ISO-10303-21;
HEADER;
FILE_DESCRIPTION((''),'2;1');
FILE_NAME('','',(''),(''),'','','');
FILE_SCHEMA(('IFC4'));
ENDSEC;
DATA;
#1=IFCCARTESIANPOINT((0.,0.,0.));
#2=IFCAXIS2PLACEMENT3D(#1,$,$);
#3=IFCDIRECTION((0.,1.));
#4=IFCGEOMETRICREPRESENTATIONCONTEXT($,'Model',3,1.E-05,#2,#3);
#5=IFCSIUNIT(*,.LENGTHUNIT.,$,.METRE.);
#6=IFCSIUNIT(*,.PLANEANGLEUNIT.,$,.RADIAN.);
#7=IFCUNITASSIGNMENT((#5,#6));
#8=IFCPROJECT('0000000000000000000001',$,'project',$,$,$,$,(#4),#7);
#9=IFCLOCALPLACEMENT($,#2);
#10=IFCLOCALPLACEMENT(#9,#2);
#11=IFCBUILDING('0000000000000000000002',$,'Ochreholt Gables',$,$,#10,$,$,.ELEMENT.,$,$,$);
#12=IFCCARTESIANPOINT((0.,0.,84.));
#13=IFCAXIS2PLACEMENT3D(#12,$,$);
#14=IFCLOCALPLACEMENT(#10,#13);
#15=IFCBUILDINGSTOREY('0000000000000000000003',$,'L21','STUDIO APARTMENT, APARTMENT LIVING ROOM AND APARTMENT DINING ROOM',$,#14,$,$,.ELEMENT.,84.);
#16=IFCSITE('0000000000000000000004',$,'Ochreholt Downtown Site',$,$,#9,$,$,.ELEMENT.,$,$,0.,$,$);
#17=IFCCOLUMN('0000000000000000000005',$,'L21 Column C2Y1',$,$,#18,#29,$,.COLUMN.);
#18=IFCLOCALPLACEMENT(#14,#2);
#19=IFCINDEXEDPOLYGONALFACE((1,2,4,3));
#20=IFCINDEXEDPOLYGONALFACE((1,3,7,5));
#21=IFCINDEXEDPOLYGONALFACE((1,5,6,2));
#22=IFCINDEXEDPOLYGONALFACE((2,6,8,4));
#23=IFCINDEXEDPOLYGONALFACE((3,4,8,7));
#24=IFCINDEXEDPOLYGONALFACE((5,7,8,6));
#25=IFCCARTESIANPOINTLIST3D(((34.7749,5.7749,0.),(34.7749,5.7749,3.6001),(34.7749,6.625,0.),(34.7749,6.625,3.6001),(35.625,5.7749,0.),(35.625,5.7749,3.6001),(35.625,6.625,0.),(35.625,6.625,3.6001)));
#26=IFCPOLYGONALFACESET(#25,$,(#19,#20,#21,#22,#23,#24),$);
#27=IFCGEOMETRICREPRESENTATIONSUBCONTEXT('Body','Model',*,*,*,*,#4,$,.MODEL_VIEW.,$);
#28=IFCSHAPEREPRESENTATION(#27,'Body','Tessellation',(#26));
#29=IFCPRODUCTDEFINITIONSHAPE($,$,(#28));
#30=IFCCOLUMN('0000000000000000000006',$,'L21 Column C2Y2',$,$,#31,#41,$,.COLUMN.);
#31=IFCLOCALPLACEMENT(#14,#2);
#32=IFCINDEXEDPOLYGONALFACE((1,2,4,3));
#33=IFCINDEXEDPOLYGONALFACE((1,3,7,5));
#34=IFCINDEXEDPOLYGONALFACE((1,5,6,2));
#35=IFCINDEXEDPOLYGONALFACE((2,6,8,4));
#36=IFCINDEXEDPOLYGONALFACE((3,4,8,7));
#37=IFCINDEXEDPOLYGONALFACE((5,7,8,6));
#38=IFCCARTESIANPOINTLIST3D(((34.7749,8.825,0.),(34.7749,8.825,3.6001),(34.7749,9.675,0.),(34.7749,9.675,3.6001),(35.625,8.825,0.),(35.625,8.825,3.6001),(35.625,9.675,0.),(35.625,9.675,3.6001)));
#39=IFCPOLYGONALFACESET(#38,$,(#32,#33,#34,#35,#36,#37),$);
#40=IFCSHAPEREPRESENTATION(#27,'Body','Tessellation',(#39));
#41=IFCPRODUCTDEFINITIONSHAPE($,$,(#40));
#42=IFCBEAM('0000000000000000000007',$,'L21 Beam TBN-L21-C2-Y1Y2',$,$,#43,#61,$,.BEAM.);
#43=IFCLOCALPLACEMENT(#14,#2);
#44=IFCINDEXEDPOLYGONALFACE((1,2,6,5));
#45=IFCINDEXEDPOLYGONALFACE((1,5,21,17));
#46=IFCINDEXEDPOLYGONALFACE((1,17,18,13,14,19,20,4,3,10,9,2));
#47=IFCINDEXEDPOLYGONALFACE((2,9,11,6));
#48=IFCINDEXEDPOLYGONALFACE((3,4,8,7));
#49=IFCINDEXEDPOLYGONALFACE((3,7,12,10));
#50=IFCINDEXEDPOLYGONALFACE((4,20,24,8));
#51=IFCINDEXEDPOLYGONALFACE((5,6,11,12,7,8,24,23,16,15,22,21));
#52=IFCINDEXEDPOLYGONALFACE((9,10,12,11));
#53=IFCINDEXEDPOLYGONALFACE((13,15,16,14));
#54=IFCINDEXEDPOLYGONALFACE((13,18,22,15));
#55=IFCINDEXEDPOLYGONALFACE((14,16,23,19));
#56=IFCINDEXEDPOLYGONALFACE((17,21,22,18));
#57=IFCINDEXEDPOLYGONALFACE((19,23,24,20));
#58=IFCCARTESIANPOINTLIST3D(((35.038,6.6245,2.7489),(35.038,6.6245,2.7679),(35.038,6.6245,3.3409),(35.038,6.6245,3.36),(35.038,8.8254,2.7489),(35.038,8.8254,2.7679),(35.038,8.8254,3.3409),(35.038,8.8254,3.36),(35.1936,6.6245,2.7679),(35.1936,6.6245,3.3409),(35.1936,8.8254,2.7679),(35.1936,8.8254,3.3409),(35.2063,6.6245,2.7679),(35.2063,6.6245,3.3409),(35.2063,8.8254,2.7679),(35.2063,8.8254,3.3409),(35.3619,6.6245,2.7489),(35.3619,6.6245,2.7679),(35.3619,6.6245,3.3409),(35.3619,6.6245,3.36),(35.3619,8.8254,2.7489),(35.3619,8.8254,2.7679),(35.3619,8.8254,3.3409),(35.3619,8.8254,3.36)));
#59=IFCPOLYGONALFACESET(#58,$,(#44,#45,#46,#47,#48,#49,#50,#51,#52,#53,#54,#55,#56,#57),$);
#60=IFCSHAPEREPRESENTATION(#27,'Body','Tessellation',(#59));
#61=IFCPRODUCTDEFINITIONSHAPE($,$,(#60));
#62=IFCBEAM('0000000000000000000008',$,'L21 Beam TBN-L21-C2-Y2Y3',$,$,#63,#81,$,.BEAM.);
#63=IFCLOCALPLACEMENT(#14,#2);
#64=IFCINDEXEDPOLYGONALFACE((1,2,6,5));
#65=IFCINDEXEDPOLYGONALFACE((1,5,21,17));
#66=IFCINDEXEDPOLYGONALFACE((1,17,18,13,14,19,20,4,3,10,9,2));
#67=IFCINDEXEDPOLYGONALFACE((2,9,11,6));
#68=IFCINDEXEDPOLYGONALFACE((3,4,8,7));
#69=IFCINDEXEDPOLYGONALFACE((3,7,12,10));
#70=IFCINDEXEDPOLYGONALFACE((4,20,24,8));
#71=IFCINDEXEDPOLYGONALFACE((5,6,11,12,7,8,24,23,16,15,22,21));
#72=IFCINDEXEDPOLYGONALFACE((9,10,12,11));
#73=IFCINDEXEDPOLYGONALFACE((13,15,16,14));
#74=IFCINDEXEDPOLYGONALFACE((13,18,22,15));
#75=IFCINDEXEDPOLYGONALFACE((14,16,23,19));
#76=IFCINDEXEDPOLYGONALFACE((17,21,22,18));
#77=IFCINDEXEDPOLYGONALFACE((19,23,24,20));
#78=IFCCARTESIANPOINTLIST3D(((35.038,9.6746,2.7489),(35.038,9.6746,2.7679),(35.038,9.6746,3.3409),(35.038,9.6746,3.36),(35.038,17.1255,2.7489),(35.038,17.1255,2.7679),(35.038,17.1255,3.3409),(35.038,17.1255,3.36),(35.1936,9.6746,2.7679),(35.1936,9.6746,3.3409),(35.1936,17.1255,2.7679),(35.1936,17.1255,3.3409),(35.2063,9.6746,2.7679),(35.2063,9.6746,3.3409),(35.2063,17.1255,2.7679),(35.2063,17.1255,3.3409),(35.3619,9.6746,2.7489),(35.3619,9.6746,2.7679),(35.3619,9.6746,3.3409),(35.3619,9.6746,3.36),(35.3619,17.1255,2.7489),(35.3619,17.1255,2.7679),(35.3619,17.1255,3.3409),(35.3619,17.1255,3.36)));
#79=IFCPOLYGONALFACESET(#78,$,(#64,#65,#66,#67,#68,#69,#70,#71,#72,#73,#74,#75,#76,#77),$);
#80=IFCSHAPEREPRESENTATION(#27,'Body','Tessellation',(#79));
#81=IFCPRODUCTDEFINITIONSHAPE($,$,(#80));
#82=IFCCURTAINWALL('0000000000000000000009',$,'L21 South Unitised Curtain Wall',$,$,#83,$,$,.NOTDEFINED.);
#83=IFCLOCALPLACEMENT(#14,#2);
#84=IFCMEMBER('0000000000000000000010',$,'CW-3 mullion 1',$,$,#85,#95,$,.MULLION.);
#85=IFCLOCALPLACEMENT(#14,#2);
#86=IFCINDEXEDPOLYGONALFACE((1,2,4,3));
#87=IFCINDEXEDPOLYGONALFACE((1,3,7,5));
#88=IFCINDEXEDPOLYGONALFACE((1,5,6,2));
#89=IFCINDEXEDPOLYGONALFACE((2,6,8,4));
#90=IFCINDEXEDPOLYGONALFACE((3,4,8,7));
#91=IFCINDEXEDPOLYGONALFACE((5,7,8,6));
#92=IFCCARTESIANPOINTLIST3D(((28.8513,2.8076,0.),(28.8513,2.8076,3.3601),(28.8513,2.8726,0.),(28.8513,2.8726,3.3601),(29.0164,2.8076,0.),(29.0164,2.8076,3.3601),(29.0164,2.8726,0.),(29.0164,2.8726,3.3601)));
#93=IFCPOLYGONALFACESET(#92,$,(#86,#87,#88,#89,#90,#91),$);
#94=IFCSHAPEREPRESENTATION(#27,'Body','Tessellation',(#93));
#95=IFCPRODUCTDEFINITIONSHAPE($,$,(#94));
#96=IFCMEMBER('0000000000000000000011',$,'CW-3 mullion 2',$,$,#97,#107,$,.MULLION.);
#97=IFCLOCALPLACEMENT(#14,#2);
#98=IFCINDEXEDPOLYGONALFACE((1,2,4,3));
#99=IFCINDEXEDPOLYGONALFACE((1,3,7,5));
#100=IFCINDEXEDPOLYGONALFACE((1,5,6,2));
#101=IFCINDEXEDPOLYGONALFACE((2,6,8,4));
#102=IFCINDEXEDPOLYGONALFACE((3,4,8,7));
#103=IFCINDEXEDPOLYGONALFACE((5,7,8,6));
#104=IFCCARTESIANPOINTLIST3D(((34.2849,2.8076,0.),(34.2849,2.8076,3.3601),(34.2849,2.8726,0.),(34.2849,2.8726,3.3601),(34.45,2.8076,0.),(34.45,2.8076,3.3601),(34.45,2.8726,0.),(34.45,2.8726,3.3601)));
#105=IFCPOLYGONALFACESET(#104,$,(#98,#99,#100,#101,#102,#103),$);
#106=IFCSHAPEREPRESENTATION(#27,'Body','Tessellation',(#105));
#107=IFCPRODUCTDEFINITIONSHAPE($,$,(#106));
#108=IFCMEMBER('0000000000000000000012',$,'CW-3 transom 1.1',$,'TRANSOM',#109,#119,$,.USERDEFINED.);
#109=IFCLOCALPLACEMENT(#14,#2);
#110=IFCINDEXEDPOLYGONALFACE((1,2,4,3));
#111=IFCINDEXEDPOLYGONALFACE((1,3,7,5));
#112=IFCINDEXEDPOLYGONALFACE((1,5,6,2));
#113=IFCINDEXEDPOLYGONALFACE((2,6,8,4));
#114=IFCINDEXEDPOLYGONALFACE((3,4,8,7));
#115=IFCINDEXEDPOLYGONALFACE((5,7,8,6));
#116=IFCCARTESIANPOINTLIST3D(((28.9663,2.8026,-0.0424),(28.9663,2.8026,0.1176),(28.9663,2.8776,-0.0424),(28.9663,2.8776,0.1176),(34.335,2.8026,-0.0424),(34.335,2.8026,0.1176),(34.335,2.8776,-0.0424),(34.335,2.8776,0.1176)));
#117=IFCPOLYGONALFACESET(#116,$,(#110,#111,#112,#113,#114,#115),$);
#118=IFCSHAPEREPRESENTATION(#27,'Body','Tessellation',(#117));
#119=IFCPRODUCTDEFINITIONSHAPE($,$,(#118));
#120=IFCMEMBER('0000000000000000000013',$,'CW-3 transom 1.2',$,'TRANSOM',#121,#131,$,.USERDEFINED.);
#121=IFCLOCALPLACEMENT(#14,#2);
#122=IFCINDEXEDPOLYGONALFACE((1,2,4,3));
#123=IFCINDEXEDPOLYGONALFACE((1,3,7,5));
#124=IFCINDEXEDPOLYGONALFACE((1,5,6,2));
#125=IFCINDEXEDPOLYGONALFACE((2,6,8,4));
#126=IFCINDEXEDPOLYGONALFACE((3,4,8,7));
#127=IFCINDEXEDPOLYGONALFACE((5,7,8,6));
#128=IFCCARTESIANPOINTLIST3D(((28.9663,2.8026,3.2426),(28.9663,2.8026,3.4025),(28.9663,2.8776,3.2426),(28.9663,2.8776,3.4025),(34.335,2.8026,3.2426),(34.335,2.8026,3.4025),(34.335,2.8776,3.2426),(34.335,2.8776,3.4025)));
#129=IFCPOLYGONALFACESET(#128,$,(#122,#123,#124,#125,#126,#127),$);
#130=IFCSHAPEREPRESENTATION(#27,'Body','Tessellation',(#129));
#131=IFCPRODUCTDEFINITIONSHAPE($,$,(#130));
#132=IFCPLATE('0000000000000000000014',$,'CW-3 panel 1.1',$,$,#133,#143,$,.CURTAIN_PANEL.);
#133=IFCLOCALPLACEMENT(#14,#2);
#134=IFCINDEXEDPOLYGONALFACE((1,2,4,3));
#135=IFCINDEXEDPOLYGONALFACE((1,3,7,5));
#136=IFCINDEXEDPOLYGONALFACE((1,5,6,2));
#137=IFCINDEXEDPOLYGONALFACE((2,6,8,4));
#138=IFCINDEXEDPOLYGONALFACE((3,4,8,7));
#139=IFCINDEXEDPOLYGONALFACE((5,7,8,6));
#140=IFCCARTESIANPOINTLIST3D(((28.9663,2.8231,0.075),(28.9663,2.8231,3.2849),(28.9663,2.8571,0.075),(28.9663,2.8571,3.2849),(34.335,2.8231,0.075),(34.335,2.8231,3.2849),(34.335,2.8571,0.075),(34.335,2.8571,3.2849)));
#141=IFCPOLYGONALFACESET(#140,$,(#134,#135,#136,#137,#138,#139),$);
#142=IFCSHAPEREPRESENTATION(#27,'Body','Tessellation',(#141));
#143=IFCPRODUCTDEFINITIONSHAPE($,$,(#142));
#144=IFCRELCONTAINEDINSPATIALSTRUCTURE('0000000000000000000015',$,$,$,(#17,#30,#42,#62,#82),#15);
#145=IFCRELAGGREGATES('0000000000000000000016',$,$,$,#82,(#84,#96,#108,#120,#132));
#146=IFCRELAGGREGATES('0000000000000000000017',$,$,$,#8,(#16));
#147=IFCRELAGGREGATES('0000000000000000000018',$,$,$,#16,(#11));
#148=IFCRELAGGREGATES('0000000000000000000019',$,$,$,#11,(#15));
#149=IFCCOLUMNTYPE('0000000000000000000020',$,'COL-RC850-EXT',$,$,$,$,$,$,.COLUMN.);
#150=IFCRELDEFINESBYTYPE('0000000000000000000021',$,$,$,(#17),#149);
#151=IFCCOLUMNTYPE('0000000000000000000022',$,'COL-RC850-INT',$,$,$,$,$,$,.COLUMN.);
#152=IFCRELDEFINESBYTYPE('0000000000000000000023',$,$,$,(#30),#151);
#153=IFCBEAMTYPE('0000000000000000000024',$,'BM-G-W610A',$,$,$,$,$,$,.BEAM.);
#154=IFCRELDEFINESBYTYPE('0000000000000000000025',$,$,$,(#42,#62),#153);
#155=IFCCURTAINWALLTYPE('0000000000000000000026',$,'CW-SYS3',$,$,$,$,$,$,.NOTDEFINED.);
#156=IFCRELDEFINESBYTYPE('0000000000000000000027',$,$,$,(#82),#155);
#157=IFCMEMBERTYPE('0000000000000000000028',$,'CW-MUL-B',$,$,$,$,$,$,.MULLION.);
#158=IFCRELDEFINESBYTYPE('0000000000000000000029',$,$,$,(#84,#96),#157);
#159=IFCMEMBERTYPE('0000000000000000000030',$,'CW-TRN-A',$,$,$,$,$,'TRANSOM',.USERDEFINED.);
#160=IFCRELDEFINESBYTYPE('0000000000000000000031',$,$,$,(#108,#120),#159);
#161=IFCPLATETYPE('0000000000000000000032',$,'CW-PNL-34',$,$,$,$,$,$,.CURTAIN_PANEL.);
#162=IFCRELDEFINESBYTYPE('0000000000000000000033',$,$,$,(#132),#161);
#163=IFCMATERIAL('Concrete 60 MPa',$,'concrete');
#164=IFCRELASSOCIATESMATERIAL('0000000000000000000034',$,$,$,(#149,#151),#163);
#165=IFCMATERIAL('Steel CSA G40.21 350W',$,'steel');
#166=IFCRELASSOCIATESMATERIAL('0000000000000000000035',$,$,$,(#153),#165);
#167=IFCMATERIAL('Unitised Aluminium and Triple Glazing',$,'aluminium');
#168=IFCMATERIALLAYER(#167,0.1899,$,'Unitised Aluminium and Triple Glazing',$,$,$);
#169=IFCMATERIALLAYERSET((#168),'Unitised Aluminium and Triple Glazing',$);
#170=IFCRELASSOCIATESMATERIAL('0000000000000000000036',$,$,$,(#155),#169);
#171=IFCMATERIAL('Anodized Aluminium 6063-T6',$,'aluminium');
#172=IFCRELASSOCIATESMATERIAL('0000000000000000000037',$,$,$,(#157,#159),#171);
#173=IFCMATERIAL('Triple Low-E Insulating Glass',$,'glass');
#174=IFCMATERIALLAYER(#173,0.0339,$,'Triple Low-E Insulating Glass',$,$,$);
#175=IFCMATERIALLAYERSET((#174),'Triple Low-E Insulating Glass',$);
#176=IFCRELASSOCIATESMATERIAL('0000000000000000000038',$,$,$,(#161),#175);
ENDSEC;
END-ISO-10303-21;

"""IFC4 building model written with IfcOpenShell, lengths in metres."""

from ifc_helpers import new_model, si_unit, direction, frame, origin, origin_2d, place, context, subcontext, project, spatial, rectangle, i_section, extrude, material, layer, layer_set, material_profile, profile_set, type_object, element, aggregate, save


model = new_model("IFC4")

# Units and contexts
model_context = context("Model", 3, precision=1e-05, world=origin(), true_north=direction((0.0, 1.0)))
body_context = subcontext(model_context, "Body", "Model", "MODEL_VIEW")
ifc_project = project(units=[si_unit("LENGTHUNIT", "METRE"), si_unit("PLANEANGLEUNIT", "RADIAN")], contexts=[model_context])

# Site, building, storey
site_placement = place(None, origin())
site = spatial("IfcSite", under=ifc_project, at=site_placement, Name="Ochreholt Downtown Site", CompositionType="ELEMENT", RefElevation=0.0)
building_placement = place(site_placement, origin())
building = spatial("IfcBuilding", under=site, at=building_placement, Name="Ochreholt Gables", CompositionType="ELEMENT")
storey_placement = place(building_placement, frame((0.0, 0.0, 84.0)))
storey = spatial("IfcBuildingStorey", under=building, at=storey_placement, Name="L21", Description="STUDIO APARTMENT, APARTMENT LIVING ROOM AND APARTMENT DINING ROOM", CompositionType="ELEMENT", Elevation=84.0)

# Columns
ifc_material_1 = material(Name="Concrete 60 MPa", Category="concrete")
ifc_material_profile_1 = material_profile(ifc_material_1, rectangle(XDim=0.8501, YDim=0.8501, at=origin_2d()), Name="RC850X850")
ifc_profile_set_1 = profile_set([ifc_material_profile_1], Name="Concrete 60 MPa")
column_type_1 = type_object("IfcColumnType", Name="COL-RC850-EXT", PredefinedType="COLUMN", material=ifc_profile_set_1)
column_1_placement = place(storey_placement, frame((35.2, 6.2, 0.0), z_axis=(0.0, 0.0, 1.0), x_axis=(1.0, 0.0, 0.0)))
element("IfcColumn", 1, at=column_1_placement, inside=storey, type_object=column_type_1, Name="L21 Column C2Y1", PredefinedType="COLUMN", context=body_context, shape_type="SweptSolid", body=[
    extrude(rectangle(XDim=0.8501, YDim=0.8501, at=origin_2d()), origin(), (0.0, 0.0, 1.0), 3.6001),
])
ifc_material_profile_2 = material_profile(ifc_material_1, rectangle(XDim=0.8501, YDim=0.8501, at=origin_2d()), Name="RC850X850")
ifc_profile_set_2 = profile_set([ifc_material_profile_2], Name="Concrete 60 MPa")
column_type_2 = type_object("IfcColumnType", Name="COL-RC850-INT", PredefinedType="COLUMN", material=ifc_profile_set_2)
column_2_placement = place(storey_placement, frame((35.2, 9.25, 0.0), z_axis=(0.0, 0.0, 1.0), x_axis=(1.0, 0.0, 0.0)))
element("IfcColumn", 2, at=column_2_placement, inside=storey, type_object=column_type_2, Name="L21 Column C2Y2", PredefinedType="COLUMN", context=body_context, shape_type="SweptSolid", body=[
    extrude(rectangle(XDim=0.8501, YDim=0.8501, at=origin_2d()), origin(), (0.0, 0.0, 1.0), 3.6001),
])

# Beams
ifc_material_2 = material(Name="Steel CSA G40.21 350W", Category="steel")
ifc_material_profile_3 = material_profile(ifc_material_2, i_section(OverallWidth=0.324, OverallDepth=0.6111, WebThickness=0.0127, FlangeThickness=0.019, at=origin_2d()), Name="W610X155")
ifc_profile_set_3 = profile_set([ifc_material_profile_3], Name="Steel CSA G40.21 350W")
beam_type = type_object("IfcBeamType", Name="BM-G-W610A", PredefinedType="BEAM", material=ifc_profile_set_3)
beam_1_placement = place(storey_placement, frame((35.2, 6.6245, 3.0544), z_axis=(0.0, 1.0, 0.0), x_axis=(-1.0, 0.0, 0.0)))
element("IfcBeam", 3, at=beam_1_placement, inside=storey, type_object=beam_type, Name="L21 Beam TBN-L21-C2-Y1Y2", PredefinedType="BEAM", context=body_context, shape_type="SweptSolid", body=[
    extrude(i_section(OverallWidth=0.324, OverallDepth=0.6111, WebThickness=0.0127, FlangeThickness=0.019, at=origin_2d()), origin(), (0.0, 0.0, 1.0), 2.2009),
])
beam_2_placement = place(storey_placement, frame((35.2, 9.6746, 3.0544), z_axis=(0.0, 1.0, 0.0), x_axis=(-1.0, 0.0, 0.0)))
element("IfcBeam", 4, at=beam_2_placement, inside=storey, type_object=beam_type, Name="L21 Beam TBN-L21-C2-Y2Y3", PredefinedType="BEAM", context=body_context, shape_type="SweptSolid", body=[
    extrude(i_section(OverallWidth=0.324, OverallDepth=0.6111, WebThickness=0.0127, FlangeThickness=0.019, at=origin_2d()), origin(), (0.0, 0.0, 1.0), 7.4509),
])

# Curtain wall, members, plate
ifc_material_3 = material(Name="Unitised Aluminium and Triple Glazing", Category="aluminium")
ifc_layer_1 = layer(ifc_material_3, 0.1899, Name="Unitised Aluminium and Triple Glazing")
ifc_layer_set_1 = layer_set([ifc_layer_1], Name="Unitised Aluminium and Triple Glazing")
curtain_wall_type = type_object("IfcCurtainWallType", Name="CW-SYS3", PredefinedType="NOTDEFINED", material=ifc_layer_set_1)
curtain_wall_placement = place(storey_placement, origin())
curtain_wall = element("IfcCurtainWall", 5, at=curtain_wall_placement, inside=storey, type_object=curtain_wall_type, Name="L21 South Unitised Curtain Wall", PredefinedType="NOTDEFINED")
ifc_material_4 = material(Name="Anodized Aluminium 6063-T6", Category="aluminium")
ifc_material_profile_4 = material_profile(ifc_material_4, rectangle(XDim=0.0649, YDim=0.165, at=origin_2d()), Name="CWM65X165")
ifc_profile_set_4 = profile_set([ifc_material_profile_4], Name="Anodized Aluminium 6063-T6")
member_type_1 = type_object("IfcMemberType", Name="CW-MUL-B", PredefinedType="MULLION", material=ifc_profile_set_4)
member_1_placement = place(storey_placement, frame((28.9338, 2.8401, 0.0), z_axis=(0.0, 0.0, 1.0), x_axis=(0.0, 1.0, 0.0)))
member_1 = element("IfcMember", 6, at=member_1_placement, type_object=member_type_1, Name="CW-3 mullion 1", PredefinedType="MULLION", context=body_context, shape_type="SweptSolid", body=[
    extrude(rectangle(XDim=0.0649, YDim=0.165, at=origin_2d()), origin(), (0.0, 0.0, 1.0), 3.3601),
])
member_2_placement = place(storey_placement, frame((34.3674, 2.8401, 0.0), z_axis=(0.0, 0.0, 1.0), x_axis=(0.0, 1.0, 0.0)))
member_2 = element("IfcMember", 7, at=member_2_placement, type_object=member_type_1, Name="CW-3 mullion 2", PredefinedType="MULLION", context=body_context, shape_type="SweptSolid", body=[
    extrude(rectangle(XDim=0.0649, YDim=0.165, at=origin_2d()), origin(), (0.0, 0.0, 1.0), 3.3601),
])
ifc_material_profile_5 = material_profile(ifc_material_4, rectangle(XDim=0.075, YDim=0.1599, at=origin_2d()), Name="CWT75X160")
ifc_profile_set_5 = profile_set([ifc_material_profile_5], Name="Anodized Aluminium 6063-T6")
member_type_2 = type_object("IfcMemberType", Name="CW-TRN-A", ElementType="TRANSOM", PredefinedType="USERDEFINED", material=ifc_profile_set_5)
member_3_placement = place(storey_placement, frame((28.9663, 2.8401, 0.0376), z_axis=(1.0, 0.0, 0.0), x_axis=(0.0, 1.0, 0.0)))
member_3 = element("IfcMember", 8, at=member_3_placement, type_object=member_type_2, Name="CW-3 transom 1.1", ObjectType="TRANSOM", PredefinedType="USERDEFINED", context=body_context, shape_type="SweptSolid", body=[
    extrude(rectangle(XDim=0.075, YDim=0.1599, at=origin_2d()), origin(), (0.0, 0.0, 1.0), 5.3687),
])
member_4_placement = place(storey_placement, frame((28.9663, 2.8401, 3.3225), z_axis=(1.0, 0.0, 0.0), x_axis=(0.0, 1.0, 0.0)))
member_4 = element("IfcMember", 9, at=member_4_placement, type_object=member_type_2, Name="CW-3 transom 1.2", ObjectType="TRANSOM", PredefinedType="USERDEFINED", context=body_context, shape_type="SweptSolid", body=[
    extrude(rectangle(XDim=0.075, YDim=0.1599, at=origin_2d()), origin(), (0.0, 0.0, 1.0), 5.3687),
])
ifc_material_5 = material(Name="Triple Low-E Insulating Glass", Category="glass")
ifc_layer_2 = layer(ifc_material_5, 0.0339, Name="Triple Low-E Insulating Glass")
ifc_layer_set_2 = layer_set([ifc_layer_2], Name="Triple Low-E Insulating Glass")
plate_type = type_object("IfcPlateType", Name="CW-PNL-34", PredefinedType="CURTAIN_PANEL", material=ifc_layer_set_2)
plate_placement = place(storey_placement, frame((31.6506, 2.8401, 0.075), z_axis=(0.0, 0.0, 1.0), x_axis=(1.0, 0.0, 0.0)))
plate = element("IfcPlate", 10, at=plate_placement, type_object=plate_type, Name="CW-3 panel 1.1", PredefinedType="CURTAIN_PANEL", context=body_context, shape_type="SweptSolid", body=[
    extrude(rectangle(XDim=5.3687, YDim=0.0339, at=origin_2d()), origin(), (0.0, 0.0, 1.0), 3.21),
])
aggregate(curtain_wall, [member_1, member_2, member_3, member_4, plate])

save(model, "model.ifc")
